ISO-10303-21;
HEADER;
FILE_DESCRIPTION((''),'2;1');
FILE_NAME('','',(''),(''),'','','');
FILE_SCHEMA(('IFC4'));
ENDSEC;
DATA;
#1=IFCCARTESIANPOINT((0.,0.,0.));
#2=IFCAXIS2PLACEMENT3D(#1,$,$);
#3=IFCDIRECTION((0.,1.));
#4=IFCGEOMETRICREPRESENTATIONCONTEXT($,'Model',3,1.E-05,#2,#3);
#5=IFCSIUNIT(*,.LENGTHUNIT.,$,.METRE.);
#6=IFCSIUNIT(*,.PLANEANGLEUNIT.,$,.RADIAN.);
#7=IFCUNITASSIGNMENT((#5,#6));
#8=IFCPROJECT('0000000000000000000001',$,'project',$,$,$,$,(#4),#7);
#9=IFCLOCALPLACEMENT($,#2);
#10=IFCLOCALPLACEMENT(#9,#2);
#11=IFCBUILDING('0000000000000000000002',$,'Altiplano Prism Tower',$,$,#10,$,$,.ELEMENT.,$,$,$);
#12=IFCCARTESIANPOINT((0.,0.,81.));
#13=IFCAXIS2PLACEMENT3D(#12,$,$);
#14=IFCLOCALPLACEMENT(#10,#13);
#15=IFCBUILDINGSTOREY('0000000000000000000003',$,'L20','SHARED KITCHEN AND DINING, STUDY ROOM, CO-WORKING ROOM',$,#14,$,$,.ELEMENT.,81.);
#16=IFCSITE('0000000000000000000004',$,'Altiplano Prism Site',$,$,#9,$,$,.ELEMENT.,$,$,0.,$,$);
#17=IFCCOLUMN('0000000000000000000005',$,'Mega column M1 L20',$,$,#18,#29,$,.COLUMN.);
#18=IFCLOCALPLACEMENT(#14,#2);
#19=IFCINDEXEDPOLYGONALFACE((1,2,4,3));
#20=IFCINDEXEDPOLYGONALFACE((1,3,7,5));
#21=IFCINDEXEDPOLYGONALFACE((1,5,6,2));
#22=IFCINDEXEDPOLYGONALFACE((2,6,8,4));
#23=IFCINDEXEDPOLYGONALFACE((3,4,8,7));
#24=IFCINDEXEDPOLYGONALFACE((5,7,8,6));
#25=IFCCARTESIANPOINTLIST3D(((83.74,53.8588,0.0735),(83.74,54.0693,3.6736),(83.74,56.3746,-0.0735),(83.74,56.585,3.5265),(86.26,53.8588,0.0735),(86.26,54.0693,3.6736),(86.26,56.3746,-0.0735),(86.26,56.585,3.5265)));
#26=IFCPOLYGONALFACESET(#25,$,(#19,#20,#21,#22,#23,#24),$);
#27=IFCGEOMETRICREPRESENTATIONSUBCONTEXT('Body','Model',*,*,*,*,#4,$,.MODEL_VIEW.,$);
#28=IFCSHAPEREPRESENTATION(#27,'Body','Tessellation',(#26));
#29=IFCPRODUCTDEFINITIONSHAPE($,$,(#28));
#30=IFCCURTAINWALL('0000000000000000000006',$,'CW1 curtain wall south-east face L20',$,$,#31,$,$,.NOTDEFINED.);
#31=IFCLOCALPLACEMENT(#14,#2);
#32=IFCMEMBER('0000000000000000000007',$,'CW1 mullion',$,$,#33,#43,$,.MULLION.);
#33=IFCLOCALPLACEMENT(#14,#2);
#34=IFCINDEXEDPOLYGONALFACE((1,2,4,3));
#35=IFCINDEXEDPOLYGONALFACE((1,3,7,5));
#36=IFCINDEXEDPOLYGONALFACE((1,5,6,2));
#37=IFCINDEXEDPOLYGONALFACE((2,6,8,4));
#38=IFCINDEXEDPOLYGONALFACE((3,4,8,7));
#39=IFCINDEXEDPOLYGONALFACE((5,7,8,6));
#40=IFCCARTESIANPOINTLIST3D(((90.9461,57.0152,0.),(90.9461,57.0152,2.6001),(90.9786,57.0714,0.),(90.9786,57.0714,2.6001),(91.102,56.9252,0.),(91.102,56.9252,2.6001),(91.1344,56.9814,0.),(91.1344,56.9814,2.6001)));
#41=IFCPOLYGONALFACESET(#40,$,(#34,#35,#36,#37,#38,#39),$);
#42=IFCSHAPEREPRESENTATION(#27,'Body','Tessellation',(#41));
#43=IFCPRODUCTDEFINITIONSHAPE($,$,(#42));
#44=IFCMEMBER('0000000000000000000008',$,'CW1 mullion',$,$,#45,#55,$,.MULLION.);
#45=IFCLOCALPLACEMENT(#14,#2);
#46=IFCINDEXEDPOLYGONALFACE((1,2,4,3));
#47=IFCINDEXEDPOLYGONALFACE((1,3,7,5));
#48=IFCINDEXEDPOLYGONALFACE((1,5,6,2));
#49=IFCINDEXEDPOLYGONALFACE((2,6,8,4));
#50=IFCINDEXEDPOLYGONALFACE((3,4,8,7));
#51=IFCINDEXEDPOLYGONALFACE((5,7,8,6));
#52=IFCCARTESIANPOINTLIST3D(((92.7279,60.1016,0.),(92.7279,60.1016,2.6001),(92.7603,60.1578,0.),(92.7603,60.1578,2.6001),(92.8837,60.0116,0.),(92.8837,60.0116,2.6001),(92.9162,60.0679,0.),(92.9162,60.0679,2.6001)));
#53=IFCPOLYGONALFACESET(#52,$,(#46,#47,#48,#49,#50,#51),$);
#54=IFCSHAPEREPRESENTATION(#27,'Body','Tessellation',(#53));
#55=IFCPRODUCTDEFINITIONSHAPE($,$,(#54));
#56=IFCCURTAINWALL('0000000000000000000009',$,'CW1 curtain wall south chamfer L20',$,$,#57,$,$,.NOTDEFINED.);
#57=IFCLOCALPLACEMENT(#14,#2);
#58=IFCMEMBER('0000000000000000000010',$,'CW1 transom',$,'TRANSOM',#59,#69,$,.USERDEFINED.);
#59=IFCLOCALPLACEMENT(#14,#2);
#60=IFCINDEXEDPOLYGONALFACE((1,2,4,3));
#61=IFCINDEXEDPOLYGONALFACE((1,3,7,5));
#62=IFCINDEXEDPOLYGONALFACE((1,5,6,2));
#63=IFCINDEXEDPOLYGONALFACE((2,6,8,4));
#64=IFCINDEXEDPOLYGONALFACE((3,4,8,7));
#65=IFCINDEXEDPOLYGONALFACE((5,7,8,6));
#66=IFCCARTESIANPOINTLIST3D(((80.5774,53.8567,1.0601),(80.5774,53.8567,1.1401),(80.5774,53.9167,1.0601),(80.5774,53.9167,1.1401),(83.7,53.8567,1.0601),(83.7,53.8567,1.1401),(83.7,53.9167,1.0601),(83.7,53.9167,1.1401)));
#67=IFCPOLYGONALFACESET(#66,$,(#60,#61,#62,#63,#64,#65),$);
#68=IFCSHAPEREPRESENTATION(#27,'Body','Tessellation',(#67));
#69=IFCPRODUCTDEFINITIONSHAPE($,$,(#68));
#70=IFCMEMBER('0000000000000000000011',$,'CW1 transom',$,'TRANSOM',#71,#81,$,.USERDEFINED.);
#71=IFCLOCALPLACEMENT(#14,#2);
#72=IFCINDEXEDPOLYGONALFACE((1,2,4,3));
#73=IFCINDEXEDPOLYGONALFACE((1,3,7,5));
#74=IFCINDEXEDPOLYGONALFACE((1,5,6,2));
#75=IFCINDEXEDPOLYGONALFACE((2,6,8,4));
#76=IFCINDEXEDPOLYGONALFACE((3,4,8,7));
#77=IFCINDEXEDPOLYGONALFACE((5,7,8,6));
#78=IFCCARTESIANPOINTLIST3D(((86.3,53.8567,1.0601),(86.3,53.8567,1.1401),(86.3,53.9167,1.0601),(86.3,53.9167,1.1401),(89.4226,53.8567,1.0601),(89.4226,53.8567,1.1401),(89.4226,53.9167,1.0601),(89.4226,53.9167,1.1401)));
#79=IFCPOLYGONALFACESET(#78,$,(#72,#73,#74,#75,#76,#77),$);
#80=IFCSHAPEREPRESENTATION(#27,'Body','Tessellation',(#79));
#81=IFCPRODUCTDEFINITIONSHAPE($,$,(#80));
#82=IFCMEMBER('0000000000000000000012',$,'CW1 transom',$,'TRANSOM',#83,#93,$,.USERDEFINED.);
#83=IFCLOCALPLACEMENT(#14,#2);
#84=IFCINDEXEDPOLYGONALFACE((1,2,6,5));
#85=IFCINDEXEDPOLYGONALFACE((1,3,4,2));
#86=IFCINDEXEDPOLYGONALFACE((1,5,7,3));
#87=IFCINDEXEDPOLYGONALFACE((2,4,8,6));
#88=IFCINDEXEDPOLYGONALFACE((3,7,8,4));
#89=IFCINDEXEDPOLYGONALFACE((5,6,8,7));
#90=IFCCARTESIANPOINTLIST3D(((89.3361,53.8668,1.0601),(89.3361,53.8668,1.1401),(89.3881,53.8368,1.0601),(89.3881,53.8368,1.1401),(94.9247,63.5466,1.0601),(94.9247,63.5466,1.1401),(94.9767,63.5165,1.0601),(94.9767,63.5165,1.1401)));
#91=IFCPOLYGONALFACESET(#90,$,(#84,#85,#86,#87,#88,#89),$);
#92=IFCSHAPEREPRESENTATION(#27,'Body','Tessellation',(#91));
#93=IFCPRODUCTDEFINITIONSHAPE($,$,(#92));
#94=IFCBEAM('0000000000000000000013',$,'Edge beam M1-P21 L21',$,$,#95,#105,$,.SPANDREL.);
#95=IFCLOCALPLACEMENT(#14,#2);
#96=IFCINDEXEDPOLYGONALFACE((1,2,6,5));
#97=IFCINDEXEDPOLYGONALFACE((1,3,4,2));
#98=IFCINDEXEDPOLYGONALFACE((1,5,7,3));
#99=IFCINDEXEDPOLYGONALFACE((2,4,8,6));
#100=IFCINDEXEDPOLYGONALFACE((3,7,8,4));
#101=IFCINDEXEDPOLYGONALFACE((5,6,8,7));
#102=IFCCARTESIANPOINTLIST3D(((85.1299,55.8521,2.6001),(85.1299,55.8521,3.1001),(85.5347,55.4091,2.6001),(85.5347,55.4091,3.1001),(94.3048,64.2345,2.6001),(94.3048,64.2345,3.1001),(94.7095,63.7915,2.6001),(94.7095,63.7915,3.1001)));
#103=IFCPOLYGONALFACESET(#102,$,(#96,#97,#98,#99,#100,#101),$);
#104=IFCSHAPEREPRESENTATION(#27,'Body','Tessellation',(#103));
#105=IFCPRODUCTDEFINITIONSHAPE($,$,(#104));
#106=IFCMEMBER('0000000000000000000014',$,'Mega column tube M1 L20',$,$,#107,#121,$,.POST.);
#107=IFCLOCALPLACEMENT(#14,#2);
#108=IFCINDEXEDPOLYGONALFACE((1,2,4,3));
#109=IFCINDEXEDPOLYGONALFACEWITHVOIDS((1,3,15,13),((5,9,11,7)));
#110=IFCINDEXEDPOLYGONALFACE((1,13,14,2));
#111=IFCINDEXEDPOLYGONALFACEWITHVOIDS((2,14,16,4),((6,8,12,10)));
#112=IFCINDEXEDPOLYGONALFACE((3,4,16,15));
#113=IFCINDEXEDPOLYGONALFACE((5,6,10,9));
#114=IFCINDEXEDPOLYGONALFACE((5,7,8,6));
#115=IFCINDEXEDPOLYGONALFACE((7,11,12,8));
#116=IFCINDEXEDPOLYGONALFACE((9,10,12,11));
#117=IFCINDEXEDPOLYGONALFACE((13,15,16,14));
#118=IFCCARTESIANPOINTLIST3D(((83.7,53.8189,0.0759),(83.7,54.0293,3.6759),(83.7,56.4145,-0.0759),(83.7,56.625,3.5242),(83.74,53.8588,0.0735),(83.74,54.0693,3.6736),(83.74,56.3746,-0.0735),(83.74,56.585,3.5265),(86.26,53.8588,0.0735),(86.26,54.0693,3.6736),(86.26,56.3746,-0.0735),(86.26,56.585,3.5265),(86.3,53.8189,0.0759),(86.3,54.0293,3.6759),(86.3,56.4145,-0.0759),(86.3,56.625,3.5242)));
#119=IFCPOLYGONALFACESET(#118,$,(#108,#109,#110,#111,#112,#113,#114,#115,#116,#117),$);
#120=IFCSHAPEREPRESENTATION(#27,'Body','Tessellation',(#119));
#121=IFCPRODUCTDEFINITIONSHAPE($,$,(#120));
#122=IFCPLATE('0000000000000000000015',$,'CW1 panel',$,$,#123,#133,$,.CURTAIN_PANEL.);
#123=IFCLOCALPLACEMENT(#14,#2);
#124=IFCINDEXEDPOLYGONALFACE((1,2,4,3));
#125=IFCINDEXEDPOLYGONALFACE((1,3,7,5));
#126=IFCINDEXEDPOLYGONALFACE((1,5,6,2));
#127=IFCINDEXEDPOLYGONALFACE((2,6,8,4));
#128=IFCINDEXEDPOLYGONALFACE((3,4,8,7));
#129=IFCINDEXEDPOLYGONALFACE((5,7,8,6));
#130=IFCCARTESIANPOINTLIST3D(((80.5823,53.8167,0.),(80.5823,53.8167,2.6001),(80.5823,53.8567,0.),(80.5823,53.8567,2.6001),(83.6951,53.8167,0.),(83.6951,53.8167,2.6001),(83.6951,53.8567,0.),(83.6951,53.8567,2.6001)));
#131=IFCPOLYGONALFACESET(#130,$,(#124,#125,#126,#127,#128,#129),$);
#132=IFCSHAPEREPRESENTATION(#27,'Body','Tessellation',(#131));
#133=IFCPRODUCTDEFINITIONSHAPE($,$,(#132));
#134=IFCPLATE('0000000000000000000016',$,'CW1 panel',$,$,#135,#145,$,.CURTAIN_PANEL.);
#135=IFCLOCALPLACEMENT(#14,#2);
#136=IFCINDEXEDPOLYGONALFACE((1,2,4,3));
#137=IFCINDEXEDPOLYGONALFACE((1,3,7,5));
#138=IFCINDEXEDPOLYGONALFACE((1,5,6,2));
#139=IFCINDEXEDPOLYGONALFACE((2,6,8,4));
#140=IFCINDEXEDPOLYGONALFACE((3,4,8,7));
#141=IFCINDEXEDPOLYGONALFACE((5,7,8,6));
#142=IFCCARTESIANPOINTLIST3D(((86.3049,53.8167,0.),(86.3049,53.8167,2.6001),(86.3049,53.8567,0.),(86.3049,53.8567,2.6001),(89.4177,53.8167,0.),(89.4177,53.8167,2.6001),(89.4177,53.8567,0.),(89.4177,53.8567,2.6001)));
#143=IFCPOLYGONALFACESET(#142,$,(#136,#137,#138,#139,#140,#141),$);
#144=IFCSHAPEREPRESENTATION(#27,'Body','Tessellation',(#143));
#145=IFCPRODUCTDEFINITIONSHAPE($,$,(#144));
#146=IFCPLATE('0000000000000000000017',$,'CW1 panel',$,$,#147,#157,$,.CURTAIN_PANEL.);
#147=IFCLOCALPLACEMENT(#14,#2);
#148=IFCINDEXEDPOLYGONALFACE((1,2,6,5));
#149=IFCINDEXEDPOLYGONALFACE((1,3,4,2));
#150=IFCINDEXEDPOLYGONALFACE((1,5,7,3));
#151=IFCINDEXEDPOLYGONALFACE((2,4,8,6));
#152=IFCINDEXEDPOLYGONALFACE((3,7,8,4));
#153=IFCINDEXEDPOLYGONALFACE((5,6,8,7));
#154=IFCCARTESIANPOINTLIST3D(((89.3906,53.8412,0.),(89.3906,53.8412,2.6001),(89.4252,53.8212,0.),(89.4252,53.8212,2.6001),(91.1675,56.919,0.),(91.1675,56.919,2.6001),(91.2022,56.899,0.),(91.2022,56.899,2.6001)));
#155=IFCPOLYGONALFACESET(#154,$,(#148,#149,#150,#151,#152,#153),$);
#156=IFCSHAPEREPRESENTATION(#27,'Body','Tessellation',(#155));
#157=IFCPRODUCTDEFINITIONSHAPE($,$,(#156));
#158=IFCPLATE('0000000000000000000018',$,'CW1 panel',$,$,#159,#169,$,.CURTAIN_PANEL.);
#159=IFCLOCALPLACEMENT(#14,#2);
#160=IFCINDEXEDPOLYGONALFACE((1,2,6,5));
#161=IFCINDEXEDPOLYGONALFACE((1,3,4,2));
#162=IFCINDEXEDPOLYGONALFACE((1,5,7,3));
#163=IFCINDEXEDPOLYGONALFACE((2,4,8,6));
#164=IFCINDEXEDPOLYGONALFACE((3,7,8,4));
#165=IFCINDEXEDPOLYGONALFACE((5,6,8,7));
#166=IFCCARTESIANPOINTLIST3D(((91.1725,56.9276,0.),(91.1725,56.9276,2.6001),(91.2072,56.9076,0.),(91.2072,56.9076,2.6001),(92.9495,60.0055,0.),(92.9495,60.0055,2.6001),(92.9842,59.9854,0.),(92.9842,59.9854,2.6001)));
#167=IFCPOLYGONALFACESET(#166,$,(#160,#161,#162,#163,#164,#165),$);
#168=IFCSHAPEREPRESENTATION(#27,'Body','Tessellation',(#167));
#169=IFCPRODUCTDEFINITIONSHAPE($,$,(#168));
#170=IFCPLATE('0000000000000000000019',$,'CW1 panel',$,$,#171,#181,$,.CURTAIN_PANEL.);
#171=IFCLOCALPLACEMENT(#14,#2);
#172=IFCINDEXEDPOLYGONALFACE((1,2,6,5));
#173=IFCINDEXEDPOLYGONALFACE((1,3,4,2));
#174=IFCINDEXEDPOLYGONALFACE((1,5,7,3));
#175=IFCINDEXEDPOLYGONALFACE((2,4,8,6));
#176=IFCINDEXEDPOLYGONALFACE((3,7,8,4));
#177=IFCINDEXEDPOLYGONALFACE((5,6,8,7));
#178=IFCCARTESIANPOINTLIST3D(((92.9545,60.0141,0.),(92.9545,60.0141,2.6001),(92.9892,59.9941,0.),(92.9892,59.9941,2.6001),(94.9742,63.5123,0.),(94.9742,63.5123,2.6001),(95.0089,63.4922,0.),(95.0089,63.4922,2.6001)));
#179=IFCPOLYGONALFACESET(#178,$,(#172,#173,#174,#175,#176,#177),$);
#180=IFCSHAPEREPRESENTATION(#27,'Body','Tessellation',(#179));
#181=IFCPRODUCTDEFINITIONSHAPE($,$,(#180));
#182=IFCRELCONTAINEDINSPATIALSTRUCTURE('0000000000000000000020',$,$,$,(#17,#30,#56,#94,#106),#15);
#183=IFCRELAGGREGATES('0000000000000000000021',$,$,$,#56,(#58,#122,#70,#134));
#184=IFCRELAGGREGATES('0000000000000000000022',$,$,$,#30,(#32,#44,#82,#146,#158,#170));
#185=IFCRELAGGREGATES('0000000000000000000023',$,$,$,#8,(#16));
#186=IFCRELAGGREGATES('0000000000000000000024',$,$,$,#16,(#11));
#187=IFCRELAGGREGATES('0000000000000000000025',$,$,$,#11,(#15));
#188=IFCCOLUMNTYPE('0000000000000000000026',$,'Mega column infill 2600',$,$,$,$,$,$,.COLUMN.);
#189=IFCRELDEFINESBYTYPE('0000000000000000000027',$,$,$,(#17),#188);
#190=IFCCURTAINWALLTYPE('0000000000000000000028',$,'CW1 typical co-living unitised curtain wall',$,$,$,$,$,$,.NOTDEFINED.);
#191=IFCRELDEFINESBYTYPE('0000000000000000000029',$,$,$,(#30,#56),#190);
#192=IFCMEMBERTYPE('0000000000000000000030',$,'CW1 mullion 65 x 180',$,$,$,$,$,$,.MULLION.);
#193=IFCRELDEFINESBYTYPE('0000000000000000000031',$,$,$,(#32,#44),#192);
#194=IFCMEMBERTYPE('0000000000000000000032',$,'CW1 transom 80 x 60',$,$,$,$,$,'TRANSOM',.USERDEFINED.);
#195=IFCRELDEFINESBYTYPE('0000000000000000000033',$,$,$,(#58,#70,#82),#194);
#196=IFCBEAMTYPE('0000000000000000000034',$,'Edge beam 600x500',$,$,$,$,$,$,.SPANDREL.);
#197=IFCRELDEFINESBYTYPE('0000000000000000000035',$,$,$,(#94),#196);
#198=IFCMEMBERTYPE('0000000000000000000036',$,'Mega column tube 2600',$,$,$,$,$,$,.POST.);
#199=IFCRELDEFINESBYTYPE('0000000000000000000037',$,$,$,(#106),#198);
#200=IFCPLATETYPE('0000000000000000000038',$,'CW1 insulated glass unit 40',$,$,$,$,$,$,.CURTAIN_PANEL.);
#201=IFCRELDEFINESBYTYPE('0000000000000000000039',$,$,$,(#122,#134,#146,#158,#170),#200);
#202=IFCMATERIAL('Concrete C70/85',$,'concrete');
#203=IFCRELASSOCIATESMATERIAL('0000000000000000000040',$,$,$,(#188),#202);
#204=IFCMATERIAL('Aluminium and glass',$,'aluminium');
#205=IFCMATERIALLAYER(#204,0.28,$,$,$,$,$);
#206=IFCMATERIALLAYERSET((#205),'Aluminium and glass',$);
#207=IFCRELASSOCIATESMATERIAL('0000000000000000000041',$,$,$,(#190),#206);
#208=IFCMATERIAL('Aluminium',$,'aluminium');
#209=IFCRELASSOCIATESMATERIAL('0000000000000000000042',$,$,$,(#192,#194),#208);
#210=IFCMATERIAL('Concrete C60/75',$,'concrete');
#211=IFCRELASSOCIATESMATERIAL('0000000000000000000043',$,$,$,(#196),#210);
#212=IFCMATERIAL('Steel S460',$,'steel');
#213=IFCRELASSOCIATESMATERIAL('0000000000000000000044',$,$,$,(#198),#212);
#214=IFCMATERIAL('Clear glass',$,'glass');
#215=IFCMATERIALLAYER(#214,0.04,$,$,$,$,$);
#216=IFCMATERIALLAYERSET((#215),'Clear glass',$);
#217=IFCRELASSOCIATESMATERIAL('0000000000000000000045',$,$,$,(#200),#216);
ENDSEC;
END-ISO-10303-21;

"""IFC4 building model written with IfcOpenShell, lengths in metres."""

from ifc_helpers import new_model, si_unit, direction, frame, origin, origin_2d, place, context, subcontext, project, spatial, rectangle, hollow_rectangle, extrude, material, layer, layer_set, material_profile, profile_set, type_object, element, aggregate, save


model = new_model("IFC4")

# Units and contexts
model_context = context("Model", 3, precision=1e-05, world=origin(), true_north=direction((0.0, 1.0)))
body_context = subcontext(model_context, "Body", "Model", "MODEL_VIEW")
ifc_project = project(units=[si_unit("LENGTHUNIT", "METRE"), si_unit("PLANEANGLEUNIT", "RADIAN")], contexts=[model_context])

# Site, building, storey
site_placement = place(None, origin())
site = spatial("IfcSite", under=ifc_project, at=site_placement, Name="Altiplano Prism Site", CompositionType="ELEMENT", RefElevation=0.0)
building_placement = place(site_placement, origin())
building = spatial("IfcBuilding", under=site, at=building_placement, Name="Altiplano Prism Tower", CompositionType="ELEMENT")
storey_placement = place(building_placement, frame((0.0, 0.0, 81.0)))
storey = spatial("IfcBuildingStorey", under=building, at=storey_placement, Name="L20", Description="SHARED KITCHEN AND DINING, STUDY ROOM, CO-WORKING ROOM", CompositionType="ELEMENT", Elevation=81.0)

# Column
ifc_material_1 = material(Name="Concrete C70/85", Category="concrete")
ifc_material_profile_1 = material_profile(ifc_material_1, rectangle(XDim=2.52, YDim=2.52, at=origin_2d()), Name="Mega column infill 2600")
ifc_profile_set_1 = profile_set([ifc_material_profile_1], Name="Concrete C70/85")
column_type = type_object("IfcColumnType", Name="Mega column infill 2600", PredefinedType="COLUMN", material=ifc_profile_set_1)
column_placement = place(storey_placement, frame((85.0, 55.1167, 0.0), z_axis=(0.0, 0.058357, 0.998296), x_axis=(-1.0, 0.0, 0.0)))
element("IfcColumn", 1, at=column_placement, inside=storey, type_object=column_type, Name="Mega column M1 L20", PredefinedType="COLUMN", context=body_context, shape_type="SweptSolid", body=[
    extrude(rectangle(XDim=2.52, YDim=2.52, at=origin_2d()), origin(), (0.0, 0.0, 1.0), 3.6062),
])

# Curtain walls, members
ifc_material_2 = material(Name="Aluminium and glass", Category="aluminium")
ifc_layer_1 = layer(ifc_material_2, 0.28)
ifc_layer_set_1 = layer_set([ifc_layer_1], Name="Aluminium and glass")
curtain_wall_type = type_object("IfcCurtainWallType", Name="CW1 typical co-living unitised curtain wall", PredefinedType="NOTDEFINED", material=ifc_layer_set_1)
curtain_wall_1_placement = place(storey_placement, origin())
curtain_wall_1 = element("IfcCurtainWall", 2, at=curtain_wall_1_placement, inside=storey, type_object=curtain_wall_type, Name="CW1 curtain wall south-east face L20", PredefinedType="NOTDEFINED")
ifc_material_3 = material(Name="Aluminium", Category="aluminium")
ifc_material_profile_2 = material_profile(ifc_material_3, rectangle(XDim=0.1799, YDim=0.0649, at=origin_2d()), Name="CW1 mullion 65 x 180")
ifc_profile_set_2 = profile_set([ifc_material_profile_2], Name="Aluminium")
member_type_1 = type_object("IfcMemberType", Name="CW1 mullion 65 x 180", PredefinedType="MULLION", material=ifc_profile_set_2)
member_1_placement = place(storey_placement, frame((91.0403, 56.9983, 0.0), z_axis=(0.0, 0.0, 1.0), x_axis=(-0.866025, 0.5, 0.0)))
member_1 = element("IfcMember", 3, at=member_1_placement, type_object=member_type_1, Name="CW1 mullion", PredefinedType="MULLION", context=body_context, shape_type="SweptSolid", body=[
    extrude(rectangle(XDim=0.1799, YDim=0.0649, at=origin_2d()), origin(), (0.0, 0.0, 1.0), 2.6001),
])
member_2_placement = place(storey_placement, frame((92.822, 60.0847, 0.0), z_axis=(0.0, 0.0, 1.0), x_axis=(-0.866025, 0.5, 0.0)))
member_2 = element("IfcMember", 4, at=member_2_placement, type_object=member_type_1, Name="CW1 mullion", PredefinedType="MULLION", context=body_context, shape_type="SweptSolid", body=[
    extrude(rectangle(XDim=0.1799, YDim=0.0649, at=origin_2d()), origin(), (0.0, 0.0, 1.0), 2.6001),
])
curtain_wall_2_placement = place(storey_placement, origin())
curtain_wall_2 = element("IfcCurtainWall", 5, at=curtain_wall_2_placement, inside=storey, type_object=curtain_wall_type, Name="CW1 curtain wall south chamfer L20", PredefinedType="NOTDEFINED")
ifc_material_profile_3 = material_profile(ifc_material_3, rectangle(XDim=0.0601, YDim=0.0801, at=origin_2d()), Name="CW1 transom 80 x 60")
ifc_profile_set_3 = profile_set([ifc_material_profile_3], Name="Aluminium")
member_type_2 = type_object("IfcMemberType", Name="CW1 transom 80 x 60", ElementType="TRANSOM", PredefinedType="USERDEFINED", material=ifc_profile_set_3)
member_3_placement = place(storey_placement, frame((80.5774, 53.8867, 1.1001), z_axis=(1.0, 0.0, 0.0), x_axis=(0.0, 1.0, 0.0)))
member_3 = element("IfcMember", 6, at=member_3_placement, type_object=member_type_2, Name="CW1 transom", ObjectType="TRANSOM", PredefinedType="USERDEFINED", context=body_context, shape_type="SweptSolid", body=[
    extrude(rectangle(XDim=0.0601, YDim=0.0801, at=origin_2d()), origin(), (0.0, 0.0, 1.0), 3.1226),
])
member_4_placement = place(storey_placement, frame((86.3, 53.8867, 1.1001), z_axis=(1.0, 0.0, 0.0), x_axis=(0.0, 1.0, 0.0)))
member_4 = element("IfcMember", 7, at=member_4_placement, type_object=member_type_2, Name="CW1 transom", ObjectType="TRANSOM", PredefinedType="USERDEFINED", context=body_context, shape_type="SweptSolid", body=[
    extrude(rectangle(XDim=0.0601, YDim=0.0801, at=origin_2d()), origin(), (0.0, 0.0, 1.0), 3.1226),
])

# Member
member_5_placement = place(storey_placement, frame((89.3621, 53.8518, 1.1001), z_axis=(0.500004, 0.866023, 0.0), x_axis=(-0.866023, 0.500004, 0.0)))
member_5 = element("IfcMember", 8, at=member_5_placement, type_object=member_type_2, Name="CW1 transom", ObjectType="TRANSOM", PredefinedType="USERDEFINED", context=body_context, shape_type="SweptSolid", body=[
    extrude(rectangle(XDim=0.0601, YDim=0.0801, at=origin_2d()), origin(), (0.0, 0.0, 1.0), 11.1772),
])

# Beam
ifc_material_4 = material(Name="Concrete C60/75", Category="concrete")
ifc_material_profile_4 = material_profile(ifc_material_4, rectangle(XDim=0.6001, YDim=0.5, at=origin_2d()), Name="Edge beam 600x500")
ifc_profile_set_4 = profile_set([ifc_material_profile_4], Name="Concrete C60/75")
beam_type = type_object("IfcBeamType", Name="Edge beam 600x500", PredefinedType="SPANDREL", material=ifc_profile_set_4)
beam_placement = place(storey_placement, frame((85.3323, 55.6306, 2.8501), z_axis=(0.738272, 0.674503, 0.0), x_axis=(-0.674503, 0.738272, 0.0)))
element("IfcBeam", 9, at=beam_placement, inside=storey, type_object=beam_type, Name="Edge beam M1-P21 L21", PredefinedType="SPANDREL", context=body_context, shape_type="SweptSolid", body=[
    extrude(rectangle(XDim=0.6001, YDim=0.5, at=origin_2d()), origin(), (0.0, 0.0, 1.0), 12.4275),
])

# Member
ifc_material_5 = material(Name="Steel S460", Category="steel")
ifc_material_profile_5 = material_profile(ifc_material_5, hollow_rectangle(XDim=2.6001, YDim=2.6001, WallThickness=0.04, at=origin_2d()), Name="Mega column tube 2600")
ifc_profile_set_5 = profile_set([ifc_material_profile_5], Name="Steel S460")
member_type_3 = type_object("IfcMemberType", Name="Mega column tube 2600", PredefinedType="POST", material=ifc_profile_set_5)
member_6_placement = place(storey_placement, frame((85.0, 55.1167, 0.0), z_axis=(0.0, 0.058357, 0.998296), x_axis=(-1.0, 0.0, 0.0)))
element("IfcMember", 10, at=member_6_placement, inside=storey, type_object=member_type_3, Name="Mega column tube M1 L20", PredefinedType="POST", context=body_context, shape_type="SweptSolid", body=[
    extrude(hollow_rectangle(XDim=2.6001, YDim=2.6001, WallThickness=0.04, at=origin_2d()), origin(), (0.0, 0.0, 1.0), 3.6062),
])

# Plates
ifc_material_6 = material(Name="Clear glass", Category="glass")
ifc_layer_2 = layer(ifc_material_6, 0.04)
ifc_layer_set_2 = layer_set([ifc_layer_2], Name="Clear glass")
plate_type = type_object("IfcPlateType", Name="CW1 insulated glass unit 40", PredefinedType="CURTAIN_PANEL", material=ifc_layer_set_2)
plate_1_placement = place(storey_placement, frame((82.1387, 53.8367, 0.0), z_axis=(0.0, 0.0, 1.0), x_axis=(1.0, 0.0, 0.0)))
plate_1 = element("IfcPlate", 11, at=plate_1_placement, type_object=plate_type, Name="CW1 panel", PredefinedType="CURTAIN_PANEL", context=body_context, shape_type="SweptSolid", body=[
    extrude(rectangle(XDim=3.1128, YDim=0.04, at=origin_2d()), origin(), (0.0, 0.0, 1.0), 2.6001),
])
plate_2_placement = place(storey_placement, frame((87.8613, 53.8367, 0.0), z_axis=(0.0, 0.0, 1.0), x_axis=(1.0, 0.0, 0.0)))
plate_2 = element("IfcPlate", 12, at=plate_2_placement, type_object=plate_type, Name="CW1 panel", PredefinedType="CURTAIN_PANEL", context=body_context, shape_type="SweptSolid", body=[
    extrude(rectangle(XDim=3.1128, YDim=0.04, at=origin_2d()), origin(), (0.0, 0.0, 1.0), 2.6001),
])
aggregate(curtain_wall_2, [member_3, plate_1, member_4, plate_2])
plate_3_placement = place(storey_placement, frame((90.2964, 55.3701, 0.0), z_axis=(0.0, 0.0, 1.0), x_axis=(0.5, 0.866025, 0.0)))
plate_3 = element("IfcPlate", 13, at=plate_3_placement, type_object=plate_type, Name="CW1 panel", PredefinedType="CURTAIN_PANEL", context=body_context, shape_type="SweptSolid", body=[
    extrude(rectangle(XDim=3.554, YDim=0.04, at=origin_2d()), origin(), (0.0, 0.0, 1.0), 2.6001),
])
plate_4_placement = place(storey_placement, frame((92.0784, 58.4565, 0.0), z_axis=(0.0, 0.0, 1.0), x_axis=(0.5, 0.866025, 0.0)))
plate_4 = element("IfcPlate", 14, at=plate_4_placement, type_object=plate_type, Name="CW1 panel", PredefinedType="CURTAIN_PANEL", context=body_context, shape_type="SweptSolid", body=[
    extrude(rectangle(XDim=3.554, YDim=0.04, at=origin_2d()), origin(), (0.0, 0.0, 1.0), 2.6001),
])
plate_5_placement = place(storey_placement, frame((93.9817, 61.7532, 0.0), z_axis=(0.0, 0.0, 1.0), x_axis=(0.5, 0.866025, 0.0)))
plate_5 = element("IfcPlate", 15, at=plate_5_placement, type_object=plate_type, Name="CW1 panel", PredefinedType="CURTAIN_PANEL", context=body_context, shape_type="SweptSolid", body=[
    extrude(rectangle(XDim=4.0393, YDim=0.04, at=origin_2d()), origin(), (0.0, 0.0, 1.0), 2.6001),
])
aggregate(curtain_wall_1, [member_1, member_2, member_5, plate_3, plate_4, plate_5])

save(model, "model.ifc")
